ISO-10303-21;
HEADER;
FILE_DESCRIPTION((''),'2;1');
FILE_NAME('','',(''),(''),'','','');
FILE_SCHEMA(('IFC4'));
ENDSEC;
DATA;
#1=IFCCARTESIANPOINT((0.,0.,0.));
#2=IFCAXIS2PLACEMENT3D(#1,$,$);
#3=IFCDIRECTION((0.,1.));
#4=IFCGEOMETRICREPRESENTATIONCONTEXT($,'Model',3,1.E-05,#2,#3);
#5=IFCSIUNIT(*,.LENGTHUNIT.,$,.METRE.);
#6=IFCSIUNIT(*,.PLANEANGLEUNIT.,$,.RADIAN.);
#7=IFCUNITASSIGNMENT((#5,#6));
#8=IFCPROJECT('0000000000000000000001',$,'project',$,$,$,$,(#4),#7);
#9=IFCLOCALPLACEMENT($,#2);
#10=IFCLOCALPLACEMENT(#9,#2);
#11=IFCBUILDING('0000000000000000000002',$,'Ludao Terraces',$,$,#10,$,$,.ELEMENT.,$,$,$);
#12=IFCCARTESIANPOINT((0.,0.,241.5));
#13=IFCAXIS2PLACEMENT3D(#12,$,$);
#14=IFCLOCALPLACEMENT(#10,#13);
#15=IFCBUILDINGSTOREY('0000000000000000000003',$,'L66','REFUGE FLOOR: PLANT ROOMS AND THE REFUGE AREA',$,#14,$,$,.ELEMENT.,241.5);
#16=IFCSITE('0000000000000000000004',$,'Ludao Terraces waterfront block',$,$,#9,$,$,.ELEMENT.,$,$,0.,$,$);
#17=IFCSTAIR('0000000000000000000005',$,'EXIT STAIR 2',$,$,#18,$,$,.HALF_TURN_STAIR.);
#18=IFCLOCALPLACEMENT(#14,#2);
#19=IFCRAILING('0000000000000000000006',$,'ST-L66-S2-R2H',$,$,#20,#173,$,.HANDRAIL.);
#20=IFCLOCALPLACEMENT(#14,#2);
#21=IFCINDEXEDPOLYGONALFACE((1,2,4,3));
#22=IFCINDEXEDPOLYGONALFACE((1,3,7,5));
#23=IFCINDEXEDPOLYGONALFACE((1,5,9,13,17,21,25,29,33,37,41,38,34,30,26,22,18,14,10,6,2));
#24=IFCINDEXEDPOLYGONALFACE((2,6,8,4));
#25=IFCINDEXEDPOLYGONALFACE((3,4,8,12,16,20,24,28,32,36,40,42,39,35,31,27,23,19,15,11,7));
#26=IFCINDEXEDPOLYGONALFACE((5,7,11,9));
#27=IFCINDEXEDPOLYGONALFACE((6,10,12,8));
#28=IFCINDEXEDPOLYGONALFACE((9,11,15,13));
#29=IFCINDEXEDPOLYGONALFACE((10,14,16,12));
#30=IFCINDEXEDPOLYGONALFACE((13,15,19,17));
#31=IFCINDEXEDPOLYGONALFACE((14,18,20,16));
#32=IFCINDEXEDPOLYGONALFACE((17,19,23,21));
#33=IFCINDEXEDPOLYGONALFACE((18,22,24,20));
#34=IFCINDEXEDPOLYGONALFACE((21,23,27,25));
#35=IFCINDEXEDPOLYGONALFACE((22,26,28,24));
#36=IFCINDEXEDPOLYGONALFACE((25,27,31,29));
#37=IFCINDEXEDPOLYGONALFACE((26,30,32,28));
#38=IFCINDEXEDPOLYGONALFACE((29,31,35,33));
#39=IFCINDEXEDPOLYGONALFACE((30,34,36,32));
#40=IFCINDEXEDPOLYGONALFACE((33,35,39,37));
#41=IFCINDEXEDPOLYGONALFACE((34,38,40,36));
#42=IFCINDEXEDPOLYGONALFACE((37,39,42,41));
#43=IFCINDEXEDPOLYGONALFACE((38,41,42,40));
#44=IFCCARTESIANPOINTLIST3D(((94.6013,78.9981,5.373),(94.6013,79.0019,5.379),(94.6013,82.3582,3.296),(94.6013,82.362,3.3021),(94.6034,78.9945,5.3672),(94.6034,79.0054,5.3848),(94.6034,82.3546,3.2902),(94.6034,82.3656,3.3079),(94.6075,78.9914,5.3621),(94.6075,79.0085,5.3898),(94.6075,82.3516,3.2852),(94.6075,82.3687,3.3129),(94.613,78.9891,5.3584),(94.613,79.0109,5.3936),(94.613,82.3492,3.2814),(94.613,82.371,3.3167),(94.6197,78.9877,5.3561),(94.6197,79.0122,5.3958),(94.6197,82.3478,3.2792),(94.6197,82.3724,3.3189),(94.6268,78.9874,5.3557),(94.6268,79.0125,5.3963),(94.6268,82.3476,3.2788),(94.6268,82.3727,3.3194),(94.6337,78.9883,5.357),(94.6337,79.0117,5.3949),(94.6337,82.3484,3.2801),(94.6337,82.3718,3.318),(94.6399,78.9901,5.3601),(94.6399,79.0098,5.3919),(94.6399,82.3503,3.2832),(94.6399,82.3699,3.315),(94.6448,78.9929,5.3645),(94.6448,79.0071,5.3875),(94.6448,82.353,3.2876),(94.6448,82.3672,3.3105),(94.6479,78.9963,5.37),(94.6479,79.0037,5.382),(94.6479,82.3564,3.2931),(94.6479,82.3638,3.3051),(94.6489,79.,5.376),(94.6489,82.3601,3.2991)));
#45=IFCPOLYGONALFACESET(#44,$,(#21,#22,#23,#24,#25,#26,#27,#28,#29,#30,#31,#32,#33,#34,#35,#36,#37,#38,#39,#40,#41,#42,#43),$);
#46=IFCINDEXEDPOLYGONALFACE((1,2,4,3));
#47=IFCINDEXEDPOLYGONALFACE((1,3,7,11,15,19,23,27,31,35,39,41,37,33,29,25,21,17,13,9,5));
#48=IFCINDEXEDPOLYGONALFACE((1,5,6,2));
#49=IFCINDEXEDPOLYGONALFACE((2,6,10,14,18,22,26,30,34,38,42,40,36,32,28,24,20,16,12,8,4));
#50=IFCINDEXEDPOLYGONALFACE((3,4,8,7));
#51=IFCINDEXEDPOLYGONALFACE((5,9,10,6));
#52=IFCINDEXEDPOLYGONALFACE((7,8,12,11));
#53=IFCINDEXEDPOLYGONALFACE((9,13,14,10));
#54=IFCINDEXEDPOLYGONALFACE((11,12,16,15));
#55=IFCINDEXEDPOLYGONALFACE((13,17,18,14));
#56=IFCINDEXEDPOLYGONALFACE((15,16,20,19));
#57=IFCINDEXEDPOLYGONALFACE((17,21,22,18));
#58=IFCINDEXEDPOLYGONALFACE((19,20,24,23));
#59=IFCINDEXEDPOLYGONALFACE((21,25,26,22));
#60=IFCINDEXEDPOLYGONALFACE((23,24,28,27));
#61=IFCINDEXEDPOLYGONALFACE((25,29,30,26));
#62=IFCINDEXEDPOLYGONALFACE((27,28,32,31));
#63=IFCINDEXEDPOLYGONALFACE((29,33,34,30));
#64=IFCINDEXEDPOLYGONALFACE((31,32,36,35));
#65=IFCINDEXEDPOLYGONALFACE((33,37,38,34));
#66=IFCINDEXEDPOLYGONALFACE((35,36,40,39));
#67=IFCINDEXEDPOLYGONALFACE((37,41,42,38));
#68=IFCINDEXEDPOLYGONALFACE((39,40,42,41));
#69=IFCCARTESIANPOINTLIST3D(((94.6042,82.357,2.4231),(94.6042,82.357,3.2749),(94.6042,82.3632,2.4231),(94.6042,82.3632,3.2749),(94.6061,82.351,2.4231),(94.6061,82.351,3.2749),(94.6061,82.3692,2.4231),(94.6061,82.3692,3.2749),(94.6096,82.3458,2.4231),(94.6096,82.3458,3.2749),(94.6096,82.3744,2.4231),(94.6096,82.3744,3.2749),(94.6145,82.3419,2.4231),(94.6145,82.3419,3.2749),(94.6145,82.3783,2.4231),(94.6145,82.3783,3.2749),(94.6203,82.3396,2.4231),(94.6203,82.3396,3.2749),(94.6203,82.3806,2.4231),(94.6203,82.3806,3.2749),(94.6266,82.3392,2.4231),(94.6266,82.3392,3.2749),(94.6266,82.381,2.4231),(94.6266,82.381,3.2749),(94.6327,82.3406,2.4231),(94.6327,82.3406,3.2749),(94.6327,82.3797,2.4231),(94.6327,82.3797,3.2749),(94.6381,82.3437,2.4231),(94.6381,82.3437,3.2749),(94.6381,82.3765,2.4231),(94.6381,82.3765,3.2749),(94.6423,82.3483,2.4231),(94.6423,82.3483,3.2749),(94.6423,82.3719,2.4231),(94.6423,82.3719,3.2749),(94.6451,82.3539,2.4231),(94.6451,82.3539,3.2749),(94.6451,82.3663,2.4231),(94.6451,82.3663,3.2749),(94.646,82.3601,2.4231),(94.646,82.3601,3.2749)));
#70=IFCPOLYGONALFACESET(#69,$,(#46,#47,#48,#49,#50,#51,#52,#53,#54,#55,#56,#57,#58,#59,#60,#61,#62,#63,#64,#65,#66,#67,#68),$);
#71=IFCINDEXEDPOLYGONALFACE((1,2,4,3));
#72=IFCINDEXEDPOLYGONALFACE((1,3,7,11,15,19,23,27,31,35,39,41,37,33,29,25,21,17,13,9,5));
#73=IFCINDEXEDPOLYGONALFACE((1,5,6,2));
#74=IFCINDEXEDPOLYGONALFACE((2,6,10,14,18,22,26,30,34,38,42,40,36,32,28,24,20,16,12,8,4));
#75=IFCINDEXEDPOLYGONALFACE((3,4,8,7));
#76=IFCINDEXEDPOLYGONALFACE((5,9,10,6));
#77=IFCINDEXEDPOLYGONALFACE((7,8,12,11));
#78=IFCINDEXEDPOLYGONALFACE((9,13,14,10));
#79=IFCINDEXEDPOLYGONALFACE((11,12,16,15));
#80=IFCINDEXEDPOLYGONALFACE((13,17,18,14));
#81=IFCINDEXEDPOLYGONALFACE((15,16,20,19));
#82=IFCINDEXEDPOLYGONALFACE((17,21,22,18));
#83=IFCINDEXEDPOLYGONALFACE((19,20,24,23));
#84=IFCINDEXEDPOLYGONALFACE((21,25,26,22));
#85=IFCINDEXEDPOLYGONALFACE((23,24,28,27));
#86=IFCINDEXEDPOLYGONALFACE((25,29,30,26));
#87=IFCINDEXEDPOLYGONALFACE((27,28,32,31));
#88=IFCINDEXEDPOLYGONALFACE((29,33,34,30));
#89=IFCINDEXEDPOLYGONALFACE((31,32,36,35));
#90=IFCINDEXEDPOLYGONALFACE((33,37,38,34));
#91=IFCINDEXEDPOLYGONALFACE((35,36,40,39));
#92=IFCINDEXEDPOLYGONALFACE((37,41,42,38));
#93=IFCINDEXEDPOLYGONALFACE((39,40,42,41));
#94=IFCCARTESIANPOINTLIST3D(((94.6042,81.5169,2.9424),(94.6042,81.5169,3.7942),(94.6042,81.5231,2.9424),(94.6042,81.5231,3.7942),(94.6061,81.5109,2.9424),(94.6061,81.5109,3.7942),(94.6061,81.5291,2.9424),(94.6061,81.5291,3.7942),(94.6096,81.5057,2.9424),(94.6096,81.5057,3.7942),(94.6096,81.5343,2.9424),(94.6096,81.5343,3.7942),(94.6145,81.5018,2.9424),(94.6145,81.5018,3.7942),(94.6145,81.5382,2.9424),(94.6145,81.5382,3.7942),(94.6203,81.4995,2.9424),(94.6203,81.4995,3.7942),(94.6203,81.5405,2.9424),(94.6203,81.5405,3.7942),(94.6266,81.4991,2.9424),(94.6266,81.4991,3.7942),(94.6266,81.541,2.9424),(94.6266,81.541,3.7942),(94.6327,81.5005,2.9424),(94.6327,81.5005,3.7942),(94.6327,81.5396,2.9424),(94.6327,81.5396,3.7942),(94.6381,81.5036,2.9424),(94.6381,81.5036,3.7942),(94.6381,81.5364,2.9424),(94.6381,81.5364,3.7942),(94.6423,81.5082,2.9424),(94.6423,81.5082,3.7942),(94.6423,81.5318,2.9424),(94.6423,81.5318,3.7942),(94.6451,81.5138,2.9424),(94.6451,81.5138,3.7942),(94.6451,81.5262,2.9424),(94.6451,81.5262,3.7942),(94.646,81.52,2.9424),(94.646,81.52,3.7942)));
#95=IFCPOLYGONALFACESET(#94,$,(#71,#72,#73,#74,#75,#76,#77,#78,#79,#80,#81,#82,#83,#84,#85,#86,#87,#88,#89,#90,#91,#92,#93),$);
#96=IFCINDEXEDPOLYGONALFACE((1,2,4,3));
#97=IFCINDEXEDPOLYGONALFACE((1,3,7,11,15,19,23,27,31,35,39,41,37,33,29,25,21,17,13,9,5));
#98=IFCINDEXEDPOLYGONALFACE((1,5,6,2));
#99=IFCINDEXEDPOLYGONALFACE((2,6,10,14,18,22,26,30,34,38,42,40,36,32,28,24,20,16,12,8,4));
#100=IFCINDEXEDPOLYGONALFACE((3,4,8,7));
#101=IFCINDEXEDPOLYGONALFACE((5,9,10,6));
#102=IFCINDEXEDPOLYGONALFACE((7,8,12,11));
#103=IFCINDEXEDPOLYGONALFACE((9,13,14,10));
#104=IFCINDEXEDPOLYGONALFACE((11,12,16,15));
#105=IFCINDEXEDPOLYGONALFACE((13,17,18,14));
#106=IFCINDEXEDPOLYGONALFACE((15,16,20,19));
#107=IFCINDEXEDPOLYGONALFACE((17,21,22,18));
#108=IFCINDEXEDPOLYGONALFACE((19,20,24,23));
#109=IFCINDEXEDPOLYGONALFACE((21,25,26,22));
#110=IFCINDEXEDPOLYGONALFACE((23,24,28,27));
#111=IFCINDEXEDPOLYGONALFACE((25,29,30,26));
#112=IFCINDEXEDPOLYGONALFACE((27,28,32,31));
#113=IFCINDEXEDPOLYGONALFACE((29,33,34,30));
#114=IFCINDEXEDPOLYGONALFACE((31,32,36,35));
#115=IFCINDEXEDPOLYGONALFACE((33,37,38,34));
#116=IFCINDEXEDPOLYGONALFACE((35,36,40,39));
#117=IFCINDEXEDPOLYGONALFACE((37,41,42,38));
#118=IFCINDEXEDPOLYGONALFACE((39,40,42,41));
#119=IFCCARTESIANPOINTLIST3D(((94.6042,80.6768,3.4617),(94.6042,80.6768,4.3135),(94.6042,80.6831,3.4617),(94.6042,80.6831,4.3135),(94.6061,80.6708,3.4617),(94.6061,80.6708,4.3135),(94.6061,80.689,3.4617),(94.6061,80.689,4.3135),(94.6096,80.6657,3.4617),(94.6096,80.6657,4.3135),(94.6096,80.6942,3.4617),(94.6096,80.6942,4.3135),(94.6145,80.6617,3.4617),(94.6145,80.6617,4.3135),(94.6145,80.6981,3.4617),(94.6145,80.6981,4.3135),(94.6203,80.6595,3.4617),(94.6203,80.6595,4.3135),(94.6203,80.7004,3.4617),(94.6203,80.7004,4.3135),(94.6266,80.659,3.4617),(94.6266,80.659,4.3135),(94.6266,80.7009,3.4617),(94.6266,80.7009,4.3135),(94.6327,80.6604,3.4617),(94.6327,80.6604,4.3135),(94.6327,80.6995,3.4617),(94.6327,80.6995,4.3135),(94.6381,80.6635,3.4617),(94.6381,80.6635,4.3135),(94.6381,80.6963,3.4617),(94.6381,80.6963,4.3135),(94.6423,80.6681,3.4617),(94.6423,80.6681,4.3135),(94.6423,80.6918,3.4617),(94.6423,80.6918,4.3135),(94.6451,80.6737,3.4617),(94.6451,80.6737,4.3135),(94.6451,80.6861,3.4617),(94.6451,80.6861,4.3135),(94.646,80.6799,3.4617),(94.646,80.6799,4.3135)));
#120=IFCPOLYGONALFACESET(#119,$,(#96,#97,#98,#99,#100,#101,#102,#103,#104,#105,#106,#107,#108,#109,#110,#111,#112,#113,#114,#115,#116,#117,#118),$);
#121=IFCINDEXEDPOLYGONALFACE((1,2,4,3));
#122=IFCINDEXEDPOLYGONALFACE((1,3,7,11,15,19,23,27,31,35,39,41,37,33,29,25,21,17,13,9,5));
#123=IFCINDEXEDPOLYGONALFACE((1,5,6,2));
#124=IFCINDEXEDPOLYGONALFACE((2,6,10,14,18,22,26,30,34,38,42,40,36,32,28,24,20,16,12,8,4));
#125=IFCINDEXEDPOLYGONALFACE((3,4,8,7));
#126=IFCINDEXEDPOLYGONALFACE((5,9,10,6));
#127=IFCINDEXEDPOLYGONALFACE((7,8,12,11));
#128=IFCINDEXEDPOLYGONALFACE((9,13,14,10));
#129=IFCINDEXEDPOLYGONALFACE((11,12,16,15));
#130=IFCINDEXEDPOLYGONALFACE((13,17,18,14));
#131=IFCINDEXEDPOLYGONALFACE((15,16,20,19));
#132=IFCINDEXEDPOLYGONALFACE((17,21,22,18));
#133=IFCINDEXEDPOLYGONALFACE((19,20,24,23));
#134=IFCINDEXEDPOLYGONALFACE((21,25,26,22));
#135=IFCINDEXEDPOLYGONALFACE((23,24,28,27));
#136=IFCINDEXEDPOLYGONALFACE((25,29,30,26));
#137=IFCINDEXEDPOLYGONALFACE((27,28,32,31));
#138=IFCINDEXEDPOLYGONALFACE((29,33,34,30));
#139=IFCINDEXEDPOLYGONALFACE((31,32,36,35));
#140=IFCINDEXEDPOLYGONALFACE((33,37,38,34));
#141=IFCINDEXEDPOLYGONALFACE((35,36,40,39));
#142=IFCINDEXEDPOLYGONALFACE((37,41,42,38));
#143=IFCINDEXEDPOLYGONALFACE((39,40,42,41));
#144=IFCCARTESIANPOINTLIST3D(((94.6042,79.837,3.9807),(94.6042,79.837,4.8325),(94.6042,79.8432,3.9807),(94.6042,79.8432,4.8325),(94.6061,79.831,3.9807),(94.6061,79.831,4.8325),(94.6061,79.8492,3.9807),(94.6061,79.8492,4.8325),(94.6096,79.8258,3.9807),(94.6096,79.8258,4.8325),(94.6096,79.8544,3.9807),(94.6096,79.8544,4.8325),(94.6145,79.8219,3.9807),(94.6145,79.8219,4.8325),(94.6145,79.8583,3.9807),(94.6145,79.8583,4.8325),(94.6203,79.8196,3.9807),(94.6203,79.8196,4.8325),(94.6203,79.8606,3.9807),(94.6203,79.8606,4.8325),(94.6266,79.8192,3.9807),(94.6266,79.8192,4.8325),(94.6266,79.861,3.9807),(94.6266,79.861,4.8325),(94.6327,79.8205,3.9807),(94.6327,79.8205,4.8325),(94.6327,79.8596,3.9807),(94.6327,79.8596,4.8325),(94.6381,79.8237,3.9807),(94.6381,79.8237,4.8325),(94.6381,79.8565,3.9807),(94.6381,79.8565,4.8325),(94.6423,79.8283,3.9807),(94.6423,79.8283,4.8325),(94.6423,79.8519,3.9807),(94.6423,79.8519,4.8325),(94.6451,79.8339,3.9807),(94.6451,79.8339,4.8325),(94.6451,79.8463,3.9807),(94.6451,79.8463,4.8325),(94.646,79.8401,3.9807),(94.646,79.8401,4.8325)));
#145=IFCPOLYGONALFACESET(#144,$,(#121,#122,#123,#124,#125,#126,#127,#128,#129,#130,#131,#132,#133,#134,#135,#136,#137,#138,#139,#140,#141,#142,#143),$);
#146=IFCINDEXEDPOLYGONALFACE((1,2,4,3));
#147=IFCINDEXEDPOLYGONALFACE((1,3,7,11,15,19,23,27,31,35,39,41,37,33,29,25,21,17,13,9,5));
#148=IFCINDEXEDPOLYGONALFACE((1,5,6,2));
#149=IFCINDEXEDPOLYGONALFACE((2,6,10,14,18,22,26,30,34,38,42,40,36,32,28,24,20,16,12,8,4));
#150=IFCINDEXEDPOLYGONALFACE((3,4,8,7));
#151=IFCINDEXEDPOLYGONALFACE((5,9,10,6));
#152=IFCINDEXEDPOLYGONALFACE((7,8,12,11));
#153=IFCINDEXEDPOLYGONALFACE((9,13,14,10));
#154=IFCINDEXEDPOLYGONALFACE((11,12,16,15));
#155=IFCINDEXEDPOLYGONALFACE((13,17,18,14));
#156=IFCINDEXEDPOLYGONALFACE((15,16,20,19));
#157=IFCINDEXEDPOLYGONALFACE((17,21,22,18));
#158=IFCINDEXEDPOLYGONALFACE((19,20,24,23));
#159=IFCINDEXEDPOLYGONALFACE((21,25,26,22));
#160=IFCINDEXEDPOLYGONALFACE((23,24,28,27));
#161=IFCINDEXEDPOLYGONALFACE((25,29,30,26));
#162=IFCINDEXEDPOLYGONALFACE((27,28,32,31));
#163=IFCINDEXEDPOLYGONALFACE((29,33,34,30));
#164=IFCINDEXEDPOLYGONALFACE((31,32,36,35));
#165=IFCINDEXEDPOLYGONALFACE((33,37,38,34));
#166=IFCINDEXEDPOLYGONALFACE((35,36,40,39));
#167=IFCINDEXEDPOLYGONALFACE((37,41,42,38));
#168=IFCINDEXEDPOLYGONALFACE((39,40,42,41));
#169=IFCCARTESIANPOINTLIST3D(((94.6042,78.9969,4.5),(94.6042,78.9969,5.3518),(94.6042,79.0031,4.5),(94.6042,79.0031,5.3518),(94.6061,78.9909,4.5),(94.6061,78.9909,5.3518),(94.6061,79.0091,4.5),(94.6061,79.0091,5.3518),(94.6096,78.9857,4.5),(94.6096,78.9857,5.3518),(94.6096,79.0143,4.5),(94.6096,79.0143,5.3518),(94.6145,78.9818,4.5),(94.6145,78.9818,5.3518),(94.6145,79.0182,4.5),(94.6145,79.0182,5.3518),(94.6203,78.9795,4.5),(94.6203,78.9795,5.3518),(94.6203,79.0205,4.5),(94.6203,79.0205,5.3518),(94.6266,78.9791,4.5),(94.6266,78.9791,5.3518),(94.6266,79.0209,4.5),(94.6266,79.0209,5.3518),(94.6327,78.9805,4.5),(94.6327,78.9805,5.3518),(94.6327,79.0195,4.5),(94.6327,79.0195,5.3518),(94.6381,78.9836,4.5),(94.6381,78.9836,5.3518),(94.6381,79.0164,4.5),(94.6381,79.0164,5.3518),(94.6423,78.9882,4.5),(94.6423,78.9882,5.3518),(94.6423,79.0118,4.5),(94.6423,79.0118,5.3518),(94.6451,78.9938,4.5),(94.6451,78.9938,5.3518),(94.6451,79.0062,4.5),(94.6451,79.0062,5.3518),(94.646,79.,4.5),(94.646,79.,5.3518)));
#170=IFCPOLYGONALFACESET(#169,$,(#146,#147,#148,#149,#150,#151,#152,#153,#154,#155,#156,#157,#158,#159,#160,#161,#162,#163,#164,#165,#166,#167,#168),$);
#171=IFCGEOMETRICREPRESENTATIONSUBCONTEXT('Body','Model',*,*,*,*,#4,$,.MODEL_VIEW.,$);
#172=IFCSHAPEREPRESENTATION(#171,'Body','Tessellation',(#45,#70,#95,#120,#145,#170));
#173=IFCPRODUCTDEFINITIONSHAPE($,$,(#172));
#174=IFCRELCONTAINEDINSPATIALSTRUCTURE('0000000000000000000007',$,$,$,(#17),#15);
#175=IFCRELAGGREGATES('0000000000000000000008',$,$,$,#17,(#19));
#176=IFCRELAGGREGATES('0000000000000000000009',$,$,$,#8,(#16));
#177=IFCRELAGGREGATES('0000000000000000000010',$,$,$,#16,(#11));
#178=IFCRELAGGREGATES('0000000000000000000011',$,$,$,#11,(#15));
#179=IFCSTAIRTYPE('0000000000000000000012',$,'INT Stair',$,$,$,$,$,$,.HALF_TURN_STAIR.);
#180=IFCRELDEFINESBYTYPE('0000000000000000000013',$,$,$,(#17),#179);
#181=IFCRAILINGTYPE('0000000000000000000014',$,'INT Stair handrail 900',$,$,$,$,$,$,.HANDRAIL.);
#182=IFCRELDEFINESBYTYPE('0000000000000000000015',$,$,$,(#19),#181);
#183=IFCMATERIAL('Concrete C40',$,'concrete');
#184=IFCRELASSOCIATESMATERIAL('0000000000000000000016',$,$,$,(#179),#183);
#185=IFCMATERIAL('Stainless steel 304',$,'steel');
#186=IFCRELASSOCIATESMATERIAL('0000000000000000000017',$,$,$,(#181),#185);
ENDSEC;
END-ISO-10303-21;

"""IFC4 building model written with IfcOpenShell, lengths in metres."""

from ifc_helpers import new_model, si_unit, direction, frame, origin, origin_2d, place, context, subcontext, project, spatial, circle, extrude, material, type_object, element, aggregate, save


model = new_model("IFC4")

# Units and contexts
model_context = context("Model", 3, precision=1e-05, world=origin(), true_north=direction((0.0, 1.0)))
body_context = subcontext(model_context, "Body", "Model", "MODEL_VIEW")
ifc_project = project(units=[si_unit("LENGTHUNIT", "METRE"), si_unit("PLANEANGLEUNIT", "RADIAN")], contexts=[model_context])

# Site, building, storey
site_placement = place(None, origin())
site = spatial("IfcSite", under=ifc_project, at=site_placement, Name="Ludao Terraces waterfront block", CompositionType="ELEMENT", RefElevation=0.0)
building_placement = place(site_placement, origin())
building = spatial("IfcBuilding", under=site, at=building_placement, Name="Ludao Terraces", CompositionType="ELEMENT")
storey_placement = place(building_placement, frame((0.0, 0.0, 241.5)))
storey = spatial("IfcBuildingStorey", under=building, at=storey_placement, Name="L66", Description="REFUGE FLOOR: PLANT ROOMS AND THE REFUGE AREA", CompositionType="ELEMENT", Elevation=241.5)

# Shared definitions
ifc_material_1 = material(Name="Stainless steel 304", Category="steel")

# Stair, railing
ifc_material_2 = material(Name="Concrete C40", Category="concrete")
stair_type = type_object("IfcStairType", Name="INT Stair", PredefinedType="HALF_TURN_STAIR", material=ifc_material_2)
stair_placement = place(storey_placement, origin())
stair = element("IfcStair", 1, at=stair_placement, inside=storey, type_object=stair_type, Name="EXIT STAIR 2", PredefinedType="HALF_TURN_STAIR")
railing_type_1 = type_object("IfcRailingType", Name="INT Stair handrail 900", PredefinedType="HANDRAIL", material=ifc_material_1)
railing_1_placement = place(storey_placement, frame((94.625, 82.3601, 2.4231)))
railing_1 = element("IfcRailing", 2, at=railing_1_placement, type_object=railing_type_1, Name="ST-L66-S2-R2H", PredefinedType="HANDRAIL", context=body_context, shape_type="SweptSolid", body=[
    extrude(circle(Radius=0.0239, at=origin_2d()), frame((0.0, 0.0, 0.876), z_axis=(0.0, -0.850623, 0.525776), x_axis=(1.0, 0.0, 0.0)), (0.0, 0.0, 1.0), 3.9502),
    extrude(circle(Radius=0.021, at=origin_2d()), origin(), (0.0, 0.0, 1.0), 0.8518),
    extrude(circle(Radius=0.021, at=origin_2d()), frame((0.0, -0.8401, 0.5193)), (0.0, 0.0, 1.0), 0.8518),
    extrude(circle(Radius=0.021, at=origin_2d()), frame((0.0, -1.6802, 1.0386)), (0.0, 0.0, 1.0), 0.8518),
    extrude(circle(Radius=0.021, at=origin_2d()), frame((0.0, -2.52, 1.5576)), (0.0, 0.0, 1.0), 0.8518),
    extrude(circle(Radius=0.021, at=origin_2d()), frame((0.0, -3.3601, 2.0769)), (0.0, 0.0, 1.0), 0.8518),
])
aggregate(stair, [railing_1])

save(model, "model.ifc")
